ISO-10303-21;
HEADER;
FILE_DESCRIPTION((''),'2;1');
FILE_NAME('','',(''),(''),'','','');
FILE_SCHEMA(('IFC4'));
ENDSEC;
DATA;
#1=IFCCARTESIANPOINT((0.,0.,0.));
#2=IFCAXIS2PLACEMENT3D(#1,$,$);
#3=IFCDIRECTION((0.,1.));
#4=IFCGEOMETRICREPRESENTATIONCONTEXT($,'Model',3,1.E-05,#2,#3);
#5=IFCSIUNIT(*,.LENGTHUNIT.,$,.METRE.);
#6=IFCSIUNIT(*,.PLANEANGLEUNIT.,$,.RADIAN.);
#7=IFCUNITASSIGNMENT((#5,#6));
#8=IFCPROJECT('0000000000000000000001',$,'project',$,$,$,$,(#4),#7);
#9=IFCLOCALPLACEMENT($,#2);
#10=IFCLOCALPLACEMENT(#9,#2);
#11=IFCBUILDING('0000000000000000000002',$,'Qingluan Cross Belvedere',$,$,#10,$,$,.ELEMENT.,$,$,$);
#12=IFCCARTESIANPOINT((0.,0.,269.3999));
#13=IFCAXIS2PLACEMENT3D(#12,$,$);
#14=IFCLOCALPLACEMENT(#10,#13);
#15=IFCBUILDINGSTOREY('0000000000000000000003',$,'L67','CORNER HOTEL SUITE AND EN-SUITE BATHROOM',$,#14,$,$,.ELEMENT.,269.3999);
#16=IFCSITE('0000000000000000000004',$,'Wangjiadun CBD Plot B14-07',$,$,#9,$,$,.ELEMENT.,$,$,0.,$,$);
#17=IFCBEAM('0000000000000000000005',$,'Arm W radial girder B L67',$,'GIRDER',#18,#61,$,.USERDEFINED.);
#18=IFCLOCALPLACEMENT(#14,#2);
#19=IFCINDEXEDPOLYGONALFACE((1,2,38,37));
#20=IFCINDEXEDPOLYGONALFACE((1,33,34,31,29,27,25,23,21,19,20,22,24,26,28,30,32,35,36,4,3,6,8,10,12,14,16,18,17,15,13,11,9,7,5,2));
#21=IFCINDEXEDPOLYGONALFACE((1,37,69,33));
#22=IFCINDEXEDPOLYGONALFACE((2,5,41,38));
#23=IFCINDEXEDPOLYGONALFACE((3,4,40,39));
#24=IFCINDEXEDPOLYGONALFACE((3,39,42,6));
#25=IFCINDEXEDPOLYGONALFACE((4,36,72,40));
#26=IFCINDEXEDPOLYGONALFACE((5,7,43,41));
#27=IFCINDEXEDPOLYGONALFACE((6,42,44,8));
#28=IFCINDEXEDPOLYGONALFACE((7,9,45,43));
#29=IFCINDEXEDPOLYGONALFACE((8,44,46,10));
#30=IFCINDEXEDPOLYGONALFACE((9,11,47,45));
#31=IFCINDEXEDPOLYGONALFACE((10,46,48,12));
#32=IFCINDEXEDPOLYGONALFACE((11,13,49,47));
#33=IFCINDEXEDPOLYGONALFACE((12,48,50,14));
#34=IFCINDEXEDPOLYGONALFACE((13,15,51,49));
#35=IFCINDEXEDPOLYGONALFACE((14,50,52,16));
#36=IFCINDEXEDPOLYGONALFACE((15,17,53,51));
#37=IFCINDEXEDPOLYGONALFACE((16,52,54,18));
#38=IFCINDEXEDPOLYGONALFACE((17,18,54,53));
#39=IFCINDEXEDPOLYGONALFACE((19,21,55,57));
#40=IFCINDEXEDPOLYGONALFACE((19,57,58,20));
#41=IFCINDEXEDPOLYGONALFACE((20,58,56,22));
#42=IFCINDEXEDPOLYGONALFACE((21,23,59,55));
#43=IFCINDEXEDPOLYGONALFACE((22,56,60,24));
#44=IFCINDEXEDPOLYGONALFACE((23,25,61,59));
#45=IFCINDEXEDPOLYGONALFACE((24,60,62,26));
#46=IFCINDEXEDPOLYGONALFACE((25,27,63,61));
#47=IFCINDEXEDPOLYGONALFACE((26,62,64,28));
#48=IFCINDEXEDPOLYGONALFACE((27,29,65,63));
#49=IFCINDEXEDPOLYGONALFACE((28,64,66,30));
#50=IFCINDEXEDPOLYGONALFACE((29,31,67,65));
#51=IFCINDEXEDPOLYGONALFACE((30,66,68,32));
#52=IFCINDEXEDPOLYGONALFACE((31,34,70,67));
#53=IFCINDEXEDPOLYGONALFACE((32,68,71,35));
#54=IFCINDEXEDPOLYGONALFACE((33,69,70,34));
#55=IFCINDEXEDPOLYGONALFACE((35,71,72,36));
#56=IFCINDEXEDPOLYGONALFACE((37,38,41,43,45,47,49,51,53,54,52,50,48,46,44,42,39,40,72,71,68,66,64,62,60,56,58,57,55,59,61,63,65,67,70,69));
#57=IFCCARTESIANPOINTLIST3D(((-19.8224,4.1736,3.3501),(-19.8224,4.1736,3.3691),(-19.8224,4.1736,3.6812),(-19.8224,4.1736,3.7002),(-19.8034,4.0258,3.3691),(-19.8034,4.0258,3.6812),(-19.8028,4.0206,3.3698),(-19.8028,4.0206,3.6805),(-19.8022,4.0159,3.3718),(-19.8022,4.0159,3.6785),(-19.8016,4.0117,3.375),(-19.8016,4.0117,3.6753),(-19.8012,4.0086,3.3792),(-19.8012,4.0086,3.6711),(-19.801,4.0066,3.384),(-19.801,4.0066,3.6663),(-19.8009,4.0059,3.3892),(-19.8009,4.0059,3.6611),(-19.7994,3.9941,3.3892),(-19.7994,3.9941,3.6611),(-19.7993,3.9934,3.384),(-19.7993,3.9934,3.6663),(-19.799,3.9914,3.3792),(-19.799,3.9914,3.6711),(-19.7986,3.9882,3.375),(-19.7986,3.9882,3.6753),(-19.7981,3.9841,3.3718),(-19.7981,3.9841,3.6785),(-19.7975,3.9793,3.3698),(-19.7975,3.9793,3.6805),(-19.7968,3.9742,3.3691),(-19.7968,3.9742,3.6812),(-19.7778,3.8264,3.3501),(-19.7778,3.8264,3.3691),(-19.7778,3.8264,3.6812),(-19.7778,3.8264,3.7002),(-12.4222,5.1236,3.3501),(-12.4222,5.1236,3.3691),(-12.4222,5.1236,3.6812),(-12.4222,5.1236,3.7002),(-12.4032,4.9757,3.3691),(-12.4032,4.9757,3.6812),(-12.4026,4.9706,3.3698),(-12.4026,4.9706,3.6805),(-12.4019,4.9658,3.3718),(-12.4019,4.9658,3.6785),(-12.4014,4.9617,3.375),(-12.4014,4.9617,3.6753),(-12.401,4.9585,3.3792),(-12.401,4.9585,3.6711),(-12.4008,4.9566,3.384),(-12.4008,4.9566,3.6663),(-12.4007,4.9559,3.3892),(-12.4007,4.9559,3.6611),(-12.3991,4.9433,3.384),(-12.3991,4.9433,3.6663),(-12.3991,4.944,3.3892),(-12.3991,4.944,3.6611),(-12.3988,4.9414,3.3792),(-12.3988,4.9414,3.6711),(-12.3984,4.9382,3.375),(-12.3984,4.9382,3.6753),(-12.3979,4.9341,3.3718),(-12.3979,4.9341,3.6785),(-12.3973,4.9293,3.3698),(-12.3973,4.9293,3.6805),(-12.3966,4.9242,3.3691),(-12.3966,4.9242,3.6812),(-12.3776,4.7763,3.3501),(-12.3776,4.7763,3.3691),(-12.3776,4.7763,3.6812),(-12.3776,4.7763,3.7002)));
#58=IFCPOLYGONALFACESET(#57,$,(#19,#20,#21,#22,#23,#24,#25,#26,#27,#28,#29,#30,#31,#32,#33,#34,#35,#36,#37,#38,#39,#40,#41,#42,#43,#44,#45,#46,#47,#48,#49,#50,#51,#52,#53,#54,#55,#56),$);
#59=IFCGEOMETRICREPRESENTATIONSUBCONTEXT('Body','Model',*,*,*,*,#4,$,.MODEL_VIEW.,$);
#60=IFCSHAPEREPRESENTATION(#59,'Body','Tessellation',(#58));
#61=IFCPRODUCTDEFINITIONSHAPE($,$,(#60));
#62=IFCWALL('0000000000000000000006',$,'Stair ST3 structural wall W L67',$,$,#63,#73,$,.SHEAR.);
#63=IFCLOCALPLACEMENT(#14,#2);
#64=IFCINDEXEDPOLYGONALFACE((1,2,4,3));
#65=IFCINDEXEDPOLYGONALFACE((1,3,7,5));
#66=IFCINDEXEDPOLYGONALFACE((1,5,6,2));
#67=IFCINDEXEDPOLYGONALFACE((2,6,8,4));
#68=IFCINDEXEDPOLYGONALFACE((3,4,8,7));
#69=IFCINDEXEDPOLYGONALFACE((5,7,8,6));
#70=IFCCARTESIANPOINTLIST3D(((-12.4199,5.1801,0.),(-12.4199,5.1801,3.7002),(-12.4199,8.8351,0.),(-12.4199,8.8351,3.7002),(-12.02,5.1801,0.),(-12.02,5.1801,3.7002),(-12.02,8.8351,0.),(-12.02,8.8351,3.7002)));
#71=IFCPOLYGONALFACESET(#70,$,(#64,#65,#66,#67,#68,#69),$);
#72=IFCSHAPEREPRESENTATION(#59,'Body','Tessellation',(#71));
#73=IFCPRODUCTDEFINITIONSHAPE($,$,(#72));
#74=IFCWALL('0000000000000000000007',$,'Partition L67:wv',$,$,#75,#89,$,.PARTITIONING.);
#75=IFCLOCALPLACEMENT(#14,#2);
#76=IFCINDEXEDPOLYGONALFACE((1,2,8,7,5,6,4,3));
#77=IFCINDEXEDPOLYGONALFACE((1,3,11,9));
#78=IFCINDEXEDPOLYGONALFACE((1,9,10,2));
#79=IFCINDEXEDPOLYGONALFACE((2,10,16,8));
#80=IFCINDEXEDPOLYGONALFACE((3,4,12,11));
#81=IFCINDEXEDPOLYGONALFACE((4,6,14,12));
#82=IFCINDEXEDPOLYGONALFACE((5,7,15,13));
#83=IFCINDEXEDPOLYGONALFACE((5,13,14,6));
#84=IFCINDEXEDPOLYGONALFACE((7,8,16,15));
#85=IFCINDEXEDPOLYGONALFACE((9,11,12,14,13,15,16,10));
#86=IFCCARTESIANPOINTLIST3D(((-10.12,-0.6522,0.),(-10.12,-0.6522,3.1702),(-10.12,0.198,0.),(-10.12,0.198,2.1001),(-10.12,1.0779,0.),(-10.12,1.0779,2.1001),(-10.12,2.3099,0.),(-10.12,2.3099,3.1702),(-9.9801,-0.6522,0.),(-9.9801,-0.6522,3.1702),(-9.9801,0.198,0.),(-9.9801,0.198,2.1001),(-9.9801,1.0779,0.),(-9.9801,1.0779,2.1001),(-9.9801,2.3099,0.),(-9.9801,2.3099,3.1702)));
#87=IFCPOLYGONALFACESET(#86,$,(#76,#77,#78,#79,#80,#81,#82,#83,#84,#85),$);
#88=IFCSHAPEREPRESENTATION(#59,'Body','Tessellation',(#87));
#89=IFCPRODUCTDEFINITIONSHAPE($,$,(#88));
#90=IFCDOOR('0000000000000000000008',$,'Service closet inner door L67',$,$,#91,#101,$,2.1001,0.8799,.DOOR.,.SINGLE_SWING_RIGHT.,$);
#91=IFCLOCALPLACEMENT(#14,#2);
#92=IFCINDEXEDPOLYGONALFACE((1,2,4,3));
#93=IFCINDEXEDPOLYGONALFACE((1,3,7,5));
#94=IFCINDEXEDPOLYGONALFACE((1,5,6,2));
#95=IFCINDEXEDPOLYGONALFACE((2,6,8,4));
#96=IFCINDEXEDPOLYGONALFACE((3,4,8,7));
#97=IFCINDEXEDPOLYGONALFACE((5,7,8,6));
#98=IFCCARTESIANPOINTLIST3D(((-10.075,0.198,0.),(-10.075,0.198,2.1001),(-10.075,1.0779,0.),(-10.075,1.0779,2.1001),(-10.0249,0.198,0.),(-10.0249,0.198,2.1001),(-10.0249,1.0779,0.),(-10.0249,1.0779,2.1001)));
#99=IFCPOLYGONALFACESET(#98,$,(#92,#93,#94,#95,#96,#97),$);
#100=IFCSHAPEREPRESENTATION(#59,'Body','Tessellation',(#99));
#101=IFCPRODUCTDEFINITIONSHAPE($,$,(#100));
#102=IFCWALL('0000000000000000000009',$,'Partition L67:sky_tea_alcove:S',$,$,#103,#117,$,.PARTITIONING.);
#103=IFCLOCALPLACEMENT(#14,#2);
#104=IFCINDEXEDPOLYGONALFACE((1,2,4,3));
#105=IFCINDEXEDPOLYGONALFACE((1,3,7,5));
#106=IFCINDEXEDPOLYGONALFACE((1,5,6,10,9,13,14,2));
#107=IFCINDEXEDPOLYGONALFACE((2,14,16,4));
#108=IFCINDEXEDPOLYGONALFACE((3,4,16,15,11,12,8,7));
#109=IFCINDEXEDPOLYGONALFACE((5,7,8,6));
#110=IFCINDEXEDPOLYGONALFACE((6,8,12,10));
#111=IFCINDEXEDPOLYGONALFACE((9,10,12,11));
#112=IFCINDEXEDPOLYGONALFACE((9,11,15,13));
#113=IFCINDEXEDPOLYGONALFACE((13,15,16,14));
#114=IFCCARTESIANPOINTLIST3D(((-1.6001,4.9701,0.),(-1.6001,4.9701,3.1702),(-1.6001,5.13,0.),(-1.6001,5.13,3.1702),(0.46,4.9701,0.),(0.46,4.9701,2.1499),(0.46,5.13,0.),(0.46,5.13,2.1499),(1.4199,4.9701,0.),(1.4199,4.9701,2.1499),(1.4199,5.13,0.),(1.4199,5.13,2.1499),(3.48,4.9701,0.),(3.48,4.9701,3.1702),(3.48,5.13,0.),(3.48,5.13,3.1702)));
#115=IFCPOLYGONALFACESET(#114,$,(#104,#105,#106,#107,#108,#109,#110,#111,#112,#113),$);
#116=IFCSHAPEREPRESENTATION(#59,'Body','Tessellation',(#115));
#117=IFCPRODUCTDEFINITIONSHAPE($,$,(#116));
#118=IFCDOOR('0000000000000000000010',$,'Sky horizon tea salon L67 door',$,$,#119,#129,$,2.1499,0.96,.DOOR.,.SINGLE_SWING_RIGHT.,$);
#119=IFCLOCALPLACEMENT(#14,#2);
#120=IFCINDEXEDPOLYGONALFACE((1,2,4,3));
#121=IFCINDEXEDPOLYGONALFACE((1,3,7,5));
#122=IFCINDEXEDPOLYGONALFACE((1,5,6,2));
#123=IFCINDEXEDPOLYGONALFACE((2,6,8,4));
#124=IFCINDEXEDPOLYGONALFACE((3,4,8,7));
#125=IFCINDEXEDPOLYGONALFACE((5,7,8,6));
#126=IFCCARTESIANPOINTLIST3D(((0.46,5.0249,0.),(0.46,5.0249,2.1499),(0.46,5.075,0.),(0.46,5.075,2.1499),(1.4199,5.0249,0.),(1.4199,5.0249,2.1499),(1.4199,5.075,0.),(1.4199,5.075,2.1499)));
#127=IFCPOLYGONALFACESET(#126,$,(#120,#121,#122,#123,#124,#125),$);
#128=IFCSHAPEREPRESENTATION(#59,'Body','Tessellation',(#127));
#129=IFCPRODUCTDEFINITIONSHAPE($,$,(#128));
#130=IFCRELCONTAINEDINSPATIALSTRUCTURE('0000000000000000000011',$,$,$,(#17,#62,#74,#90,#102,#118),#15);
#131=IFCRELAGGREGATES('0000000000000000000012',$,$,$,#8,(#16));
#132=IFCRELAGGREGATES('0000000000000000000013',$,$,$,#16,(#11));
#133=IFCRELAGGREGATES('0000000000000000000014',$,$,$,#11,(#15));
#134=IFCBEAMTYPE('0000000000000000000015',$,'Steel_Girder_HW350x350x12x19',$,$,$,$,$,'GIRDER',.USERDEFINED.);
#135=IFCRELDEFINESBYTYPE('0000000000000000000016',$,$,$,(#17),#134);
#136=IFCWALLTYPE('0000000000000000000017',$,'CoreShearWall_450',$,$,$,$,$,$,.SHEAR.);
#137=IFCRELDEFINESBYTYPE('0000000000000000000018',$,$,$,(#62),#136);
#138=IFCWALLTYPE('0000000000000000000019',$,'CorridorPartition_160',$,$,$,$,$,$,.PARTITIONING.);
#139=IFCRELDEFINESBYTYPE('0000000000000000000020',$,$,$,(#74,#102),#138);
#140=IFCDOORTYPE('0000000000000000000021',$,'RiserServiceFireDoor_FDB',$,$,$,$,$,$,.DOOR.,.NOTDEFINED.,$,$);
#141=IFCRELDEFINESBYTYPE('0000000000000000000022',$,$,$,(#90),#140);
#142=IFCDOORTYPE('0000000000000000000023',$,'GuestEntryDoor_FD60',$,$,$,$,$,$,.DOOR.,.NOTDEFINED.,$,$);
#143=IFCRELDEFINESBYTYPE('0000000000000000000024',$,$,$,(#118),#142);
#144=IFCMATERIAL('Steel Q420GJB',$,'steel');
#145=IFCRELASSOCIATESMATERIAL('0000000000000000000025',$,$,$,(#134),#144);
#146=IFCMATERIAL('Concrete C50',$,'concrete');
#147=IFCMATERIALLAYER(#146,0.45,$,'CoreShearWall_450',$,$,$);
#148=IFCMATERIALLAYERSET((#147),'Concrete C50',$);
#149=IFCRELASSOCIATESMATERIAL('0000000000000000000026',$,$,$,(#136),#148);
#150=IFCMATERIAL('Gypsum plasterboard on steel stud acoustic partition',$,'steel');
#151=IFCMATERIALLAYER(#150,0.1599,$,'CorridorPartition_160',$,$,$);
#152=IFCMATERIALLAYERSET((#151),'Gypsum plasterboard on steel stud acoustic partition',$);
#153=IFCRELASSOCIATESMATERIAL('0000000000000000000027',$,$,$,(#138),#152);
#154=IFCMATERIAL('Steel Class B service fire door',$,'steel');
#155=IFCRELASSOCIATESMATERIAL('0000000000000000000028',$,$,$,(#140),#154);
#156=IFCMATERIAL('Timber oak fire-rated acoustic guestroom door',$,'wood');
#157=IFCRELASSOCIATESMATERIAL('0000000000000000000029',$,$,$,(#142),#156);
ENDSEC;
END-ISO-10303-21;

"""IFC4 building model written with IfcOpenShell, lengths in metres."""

from ifc_helpers import new_model, si_unit, direction, frame, frame_2d, origin, origin_2d, place, context, subcontext, project, spatial, rectangle, i_section, extrude, material, layer, layer_set, material_profile, profile_set, type_object, element, fill, save


model = new_model("IFC4")

# Units and contexts
model_context = context("Model", 3, precision=1e-05, world=origin(), true_north=direction((0.0, 1.0)))
body_context = subcontext(model_context, "Body", "Model", "MODEL_VIEW")
ifc_project = project(units=[si_unit("LENGTHUNIT", "METRE"), si_unit("PLANEANGLEUNIT", "RADIAN")], contexts=[model_context])

# Site, building, storey
site_placement = place(None, origin())
site = spatial("IfcSite", under=ifc_project, at=site_placement, Name="Wangjiadun CBD Plot B14-07", CompositionType="ELEMENT", RefElevation=0.0)
building_placement = place(site_placement, origin())
building = spatial("IfcBuilding", under=site, at=building_placement, Name="Qingluan Cross Belvedere", CompositionType="ELEMENT")
storey_placement = place(building_placement, frame((0.0, 0.0, 269.3999)))
storey = spatial("IfcBuildingStorey", under=building, at=storey_placement, Name="L67", Description="CORNER HOTEL SUITE AND EN-SUITE BATHROOM", CompositionType="ELEMENT", Elevation=269.3999)

# Beam
ifc_material_1 = material(Name="Steel Q420GJB", Category="steel")
ifc_material_profile_1 = material_profile(ifc_material_1, i_section(OverallWidth=0.3501, OverallDepth=0.3501, WebThickness=0.012, FlangeThickness=0.019, FilletRadius=0.02, at=origin_2d()), Name="HW350x350x12x19")
ifc_profile_set_1 = profile_set([ifc_material_profile_1], Name="Steel Q420GJB")
beam_type_1 = type_object("IfcBeamType", Name="Steel_Girder_HW350x350x12x19", ElementType="GIRDER", PredefinedType="USERDEFINED", material=ifc_profile_set_1)
beam_1_placement = place(storey_placement, frame((-12.3999, 4.95, 3.5251), z_axis=(-0.991861, -0.127324, 0.0), x_axis=(0.127324, -0.991861, 0.0)))
element("IfcBeam", 1, at=beam_1_placement, inside=storey, type_object=beam_type_1, Name="Arm W radial girder B L67", ObjectType="GIRDER", PredefinedType="USERDEFINED", context=body_context, shape_type="SweptSolid", body=[
    extrude(i_section(OverallWidth=0.3501, OverallDepth=0.3501, WebThickness=0.012, FlangeThickness=0.019, FilletRadius=0.02, at=origin_2d()), origin(), (0.0, 0.0, 1.0), 7.4609),
])

# Wall
ifc_material_2 = material(Name="Concrete C50", Category="concrete")
ifc_layer_1 = layer(ifc_material_2, 0.45, Name="CoreShearWall_450")
ifc_layer_set_1 = layer_set([ifc_layer_1], Name="Concrete C50")
wall_type_1 = type_object("IfcWallType", Name="CoreShearWall_450", PredefinedType="SHEAR", material=ifc_layer_set_1)
wall_1_placement = place(storey_placement, frame((-12.22, 5.1799, 0.0), z_axis=(0.0, 0.0, 1.0), x_axis=(0.0, 1.0, 0.0)))
element("IfcWall", 2, at=wall_1_placement, inside=storey, type_object=wall_type_1, Name="Stair ST3 structural wall W L67", PredefinedType="SHEAR", context=body_context, shape_type="SweptSolid", body=[
    extrude(rectangle(XDim=3.655, YDim=0.3999, at=frame_2d((1.8276, 0.0))), origin(), (0.0, 0.0, 1.0), 3.7002),
])

# Walls, openings, doors
ifc_material_3 = material(Name="Gypsum plasterboard on steel stud acoustic partition", Category="steel")
ifc_layer_2 = layer(ifc_material_3, 0.1599, Name="CorridorPartition_160")
ifc_layer_set_2 = layer_set([ifc_layer_2], Name="Gypsum plasterboard on steel stud acoustic partition")
wall_type_2 = type_object("IfcWallType", Name="CorridorPartition_160", PredefinedType="PARTITIONING", material=ifc_layer_set_2)
wall_2_placement = place(storey_placement, frame((-10.05, -0.6521, 0.0), z_axis=(0.0, 0.0, 1.0), x_axis=(0.0, 1.0, 0.0)))
wall_2 = element("IfcWall", 3, at=wall_2_placement, inside=storey, type_object=wall_type_2, Name="Partition L67:wv", PredefinedType="PARTITIONING", context=body_context, shape_type="SweptSolid", body=[
    extrude(rectangle(XDim=2.9622, YDim=0.1399, at=frame_2d((1.481, 0.0))), origin(), (0.0, 0.0, 1.0), 3.1702),
])
opening_1_placement = place(wall_2_placement, frame((0.8501, 0.0, 0.0)))
opening_1 = element("IfcOpeningElement", 4, at=opening_1_placement, cuts=wall_2, PredefinedType="OPENING", context=body_context, shape_type="SweptSolid", body=[
    extrude(rectangle(XDim=0.8799, YDim=2.1001, at=frame_2d((0.4399, 1.05))), frame((0.0, 0.0798, 0.0), z_axis=(0.0, -1.0, 0.0), x_axis=(1.0, 0.0, 0.0)), (0.0, 0.0, 1.0), 0.1599),
])
ifc_material_4 = material(Name="Steel Class B service fire door", Category="steel")
door_type_1 = type_object("IfcDoorType", Name="RiserServiceFireDoor_FDB", OperationType="NOTDEFINED", PredefinedType="DOOR", material=ifc_material_4)
door_1_placement = place(opening_1_placement, origin())
door_1 = element("IfcDoor", 5, at=door_1_placement, inside=storey, type_object=door_type_1, Name="Service closet inner door L67", OperationType="SINGLE_SWING_RIGHT", OverallHeight=2.1001, OverallWidth=0.8799, PredefinedType="DOOR", context=body_context, shape_type="SweptSolid", body=[
    extrude(rectangle(XDim=0.8799, YDim=2.1001, at=frame_2d((0.4399, 1.05))), frame((0.0, 0.0249, 0.0), z_axis=(0.0, -1.0, 0.0), x_axis=(1.0, 0.0, 0.0)), (0.0, 0.0, 1.0), 0.05),
])
fill(opening_1, door_1)
wall_3_placement = place(storey_placement, frame((-1.6001, 5.05, 0.0), z_axis=(0.0, 0.0, 1.0), x_axis=(1.0, 0.0, 0.0)))
wall_3 = element("IfcWall", 6, at=wall_3_placement, inside=storey, type_object=wall_type_2, Name="Partition L67:sky_tea_alcove:S", PredefinedType="PARTITIONING", context=body_context, shape_type="SweptSolid", body=[
    extrude(rectangle(XDim=5.0801, YDim=0.1599, at=frame_2d((2.54, 0.0))), origin(), (0.0, 0.0, 1.0), 3.1702),
])
opening_2_placement = place(wall_3_placement, frame((2.0601, 0.0, 0.0)))
opening_2 = element("IfcOpeningElement", 7, at=opening_2_placement, cuts=wall_3, PredefinedType="OPENING", context=body_context, shape_type="SweptSolid", body=[
    extrude(rectangle(XDim=0.96, YDim=2.1499, at=frame_2d((0.48, 1.075))), frame((0.0, 0.0898, 0.0), z_axis=(0.0, -1.0, 0.0), x_axis=(1.0, 0.0, 0.0)), (0.0, 0.0, 1.0), 0.1799),
])
ifc_material_5 = material(Name="Timber oak fire-rated acoustic guestroom door", Category="wood")
door_type_2 = type_object("IfcDoorType", Name="GuestEntryDoor_FD60", OperationType="NOTDEFINED", PredefinedType="DOOR", material=ifc_material_5)
door_2_placement = place(opening_2_placement, origin())
door_2 = element("IfcDoor", 8, at=door_2_placement, inside=storey, type_object=door_type_2, Name="Sky horizon tea salon L67 door", OperationType="SINGLE_SWING_RIGHT", OverallHeight=2.1499, OverallWidth=0.96, PredefinedType="DOOR", context=body_context, shape_type="SweptSolid", body=[
    extrude(rectangle(XDim=0.96, YDim=2.1499, at=frame_2d((0.48, 1.075))), frame((0.0, 0.0249, 0.0), z_axis=(0.0, -1.0, 0.0), x_axis=(1.0, 0.0, 0.0)), (0.0, 0.0, 1.0), 0.05),
])
fill(opening_2, door_2)

save(model, "model.ifc")
